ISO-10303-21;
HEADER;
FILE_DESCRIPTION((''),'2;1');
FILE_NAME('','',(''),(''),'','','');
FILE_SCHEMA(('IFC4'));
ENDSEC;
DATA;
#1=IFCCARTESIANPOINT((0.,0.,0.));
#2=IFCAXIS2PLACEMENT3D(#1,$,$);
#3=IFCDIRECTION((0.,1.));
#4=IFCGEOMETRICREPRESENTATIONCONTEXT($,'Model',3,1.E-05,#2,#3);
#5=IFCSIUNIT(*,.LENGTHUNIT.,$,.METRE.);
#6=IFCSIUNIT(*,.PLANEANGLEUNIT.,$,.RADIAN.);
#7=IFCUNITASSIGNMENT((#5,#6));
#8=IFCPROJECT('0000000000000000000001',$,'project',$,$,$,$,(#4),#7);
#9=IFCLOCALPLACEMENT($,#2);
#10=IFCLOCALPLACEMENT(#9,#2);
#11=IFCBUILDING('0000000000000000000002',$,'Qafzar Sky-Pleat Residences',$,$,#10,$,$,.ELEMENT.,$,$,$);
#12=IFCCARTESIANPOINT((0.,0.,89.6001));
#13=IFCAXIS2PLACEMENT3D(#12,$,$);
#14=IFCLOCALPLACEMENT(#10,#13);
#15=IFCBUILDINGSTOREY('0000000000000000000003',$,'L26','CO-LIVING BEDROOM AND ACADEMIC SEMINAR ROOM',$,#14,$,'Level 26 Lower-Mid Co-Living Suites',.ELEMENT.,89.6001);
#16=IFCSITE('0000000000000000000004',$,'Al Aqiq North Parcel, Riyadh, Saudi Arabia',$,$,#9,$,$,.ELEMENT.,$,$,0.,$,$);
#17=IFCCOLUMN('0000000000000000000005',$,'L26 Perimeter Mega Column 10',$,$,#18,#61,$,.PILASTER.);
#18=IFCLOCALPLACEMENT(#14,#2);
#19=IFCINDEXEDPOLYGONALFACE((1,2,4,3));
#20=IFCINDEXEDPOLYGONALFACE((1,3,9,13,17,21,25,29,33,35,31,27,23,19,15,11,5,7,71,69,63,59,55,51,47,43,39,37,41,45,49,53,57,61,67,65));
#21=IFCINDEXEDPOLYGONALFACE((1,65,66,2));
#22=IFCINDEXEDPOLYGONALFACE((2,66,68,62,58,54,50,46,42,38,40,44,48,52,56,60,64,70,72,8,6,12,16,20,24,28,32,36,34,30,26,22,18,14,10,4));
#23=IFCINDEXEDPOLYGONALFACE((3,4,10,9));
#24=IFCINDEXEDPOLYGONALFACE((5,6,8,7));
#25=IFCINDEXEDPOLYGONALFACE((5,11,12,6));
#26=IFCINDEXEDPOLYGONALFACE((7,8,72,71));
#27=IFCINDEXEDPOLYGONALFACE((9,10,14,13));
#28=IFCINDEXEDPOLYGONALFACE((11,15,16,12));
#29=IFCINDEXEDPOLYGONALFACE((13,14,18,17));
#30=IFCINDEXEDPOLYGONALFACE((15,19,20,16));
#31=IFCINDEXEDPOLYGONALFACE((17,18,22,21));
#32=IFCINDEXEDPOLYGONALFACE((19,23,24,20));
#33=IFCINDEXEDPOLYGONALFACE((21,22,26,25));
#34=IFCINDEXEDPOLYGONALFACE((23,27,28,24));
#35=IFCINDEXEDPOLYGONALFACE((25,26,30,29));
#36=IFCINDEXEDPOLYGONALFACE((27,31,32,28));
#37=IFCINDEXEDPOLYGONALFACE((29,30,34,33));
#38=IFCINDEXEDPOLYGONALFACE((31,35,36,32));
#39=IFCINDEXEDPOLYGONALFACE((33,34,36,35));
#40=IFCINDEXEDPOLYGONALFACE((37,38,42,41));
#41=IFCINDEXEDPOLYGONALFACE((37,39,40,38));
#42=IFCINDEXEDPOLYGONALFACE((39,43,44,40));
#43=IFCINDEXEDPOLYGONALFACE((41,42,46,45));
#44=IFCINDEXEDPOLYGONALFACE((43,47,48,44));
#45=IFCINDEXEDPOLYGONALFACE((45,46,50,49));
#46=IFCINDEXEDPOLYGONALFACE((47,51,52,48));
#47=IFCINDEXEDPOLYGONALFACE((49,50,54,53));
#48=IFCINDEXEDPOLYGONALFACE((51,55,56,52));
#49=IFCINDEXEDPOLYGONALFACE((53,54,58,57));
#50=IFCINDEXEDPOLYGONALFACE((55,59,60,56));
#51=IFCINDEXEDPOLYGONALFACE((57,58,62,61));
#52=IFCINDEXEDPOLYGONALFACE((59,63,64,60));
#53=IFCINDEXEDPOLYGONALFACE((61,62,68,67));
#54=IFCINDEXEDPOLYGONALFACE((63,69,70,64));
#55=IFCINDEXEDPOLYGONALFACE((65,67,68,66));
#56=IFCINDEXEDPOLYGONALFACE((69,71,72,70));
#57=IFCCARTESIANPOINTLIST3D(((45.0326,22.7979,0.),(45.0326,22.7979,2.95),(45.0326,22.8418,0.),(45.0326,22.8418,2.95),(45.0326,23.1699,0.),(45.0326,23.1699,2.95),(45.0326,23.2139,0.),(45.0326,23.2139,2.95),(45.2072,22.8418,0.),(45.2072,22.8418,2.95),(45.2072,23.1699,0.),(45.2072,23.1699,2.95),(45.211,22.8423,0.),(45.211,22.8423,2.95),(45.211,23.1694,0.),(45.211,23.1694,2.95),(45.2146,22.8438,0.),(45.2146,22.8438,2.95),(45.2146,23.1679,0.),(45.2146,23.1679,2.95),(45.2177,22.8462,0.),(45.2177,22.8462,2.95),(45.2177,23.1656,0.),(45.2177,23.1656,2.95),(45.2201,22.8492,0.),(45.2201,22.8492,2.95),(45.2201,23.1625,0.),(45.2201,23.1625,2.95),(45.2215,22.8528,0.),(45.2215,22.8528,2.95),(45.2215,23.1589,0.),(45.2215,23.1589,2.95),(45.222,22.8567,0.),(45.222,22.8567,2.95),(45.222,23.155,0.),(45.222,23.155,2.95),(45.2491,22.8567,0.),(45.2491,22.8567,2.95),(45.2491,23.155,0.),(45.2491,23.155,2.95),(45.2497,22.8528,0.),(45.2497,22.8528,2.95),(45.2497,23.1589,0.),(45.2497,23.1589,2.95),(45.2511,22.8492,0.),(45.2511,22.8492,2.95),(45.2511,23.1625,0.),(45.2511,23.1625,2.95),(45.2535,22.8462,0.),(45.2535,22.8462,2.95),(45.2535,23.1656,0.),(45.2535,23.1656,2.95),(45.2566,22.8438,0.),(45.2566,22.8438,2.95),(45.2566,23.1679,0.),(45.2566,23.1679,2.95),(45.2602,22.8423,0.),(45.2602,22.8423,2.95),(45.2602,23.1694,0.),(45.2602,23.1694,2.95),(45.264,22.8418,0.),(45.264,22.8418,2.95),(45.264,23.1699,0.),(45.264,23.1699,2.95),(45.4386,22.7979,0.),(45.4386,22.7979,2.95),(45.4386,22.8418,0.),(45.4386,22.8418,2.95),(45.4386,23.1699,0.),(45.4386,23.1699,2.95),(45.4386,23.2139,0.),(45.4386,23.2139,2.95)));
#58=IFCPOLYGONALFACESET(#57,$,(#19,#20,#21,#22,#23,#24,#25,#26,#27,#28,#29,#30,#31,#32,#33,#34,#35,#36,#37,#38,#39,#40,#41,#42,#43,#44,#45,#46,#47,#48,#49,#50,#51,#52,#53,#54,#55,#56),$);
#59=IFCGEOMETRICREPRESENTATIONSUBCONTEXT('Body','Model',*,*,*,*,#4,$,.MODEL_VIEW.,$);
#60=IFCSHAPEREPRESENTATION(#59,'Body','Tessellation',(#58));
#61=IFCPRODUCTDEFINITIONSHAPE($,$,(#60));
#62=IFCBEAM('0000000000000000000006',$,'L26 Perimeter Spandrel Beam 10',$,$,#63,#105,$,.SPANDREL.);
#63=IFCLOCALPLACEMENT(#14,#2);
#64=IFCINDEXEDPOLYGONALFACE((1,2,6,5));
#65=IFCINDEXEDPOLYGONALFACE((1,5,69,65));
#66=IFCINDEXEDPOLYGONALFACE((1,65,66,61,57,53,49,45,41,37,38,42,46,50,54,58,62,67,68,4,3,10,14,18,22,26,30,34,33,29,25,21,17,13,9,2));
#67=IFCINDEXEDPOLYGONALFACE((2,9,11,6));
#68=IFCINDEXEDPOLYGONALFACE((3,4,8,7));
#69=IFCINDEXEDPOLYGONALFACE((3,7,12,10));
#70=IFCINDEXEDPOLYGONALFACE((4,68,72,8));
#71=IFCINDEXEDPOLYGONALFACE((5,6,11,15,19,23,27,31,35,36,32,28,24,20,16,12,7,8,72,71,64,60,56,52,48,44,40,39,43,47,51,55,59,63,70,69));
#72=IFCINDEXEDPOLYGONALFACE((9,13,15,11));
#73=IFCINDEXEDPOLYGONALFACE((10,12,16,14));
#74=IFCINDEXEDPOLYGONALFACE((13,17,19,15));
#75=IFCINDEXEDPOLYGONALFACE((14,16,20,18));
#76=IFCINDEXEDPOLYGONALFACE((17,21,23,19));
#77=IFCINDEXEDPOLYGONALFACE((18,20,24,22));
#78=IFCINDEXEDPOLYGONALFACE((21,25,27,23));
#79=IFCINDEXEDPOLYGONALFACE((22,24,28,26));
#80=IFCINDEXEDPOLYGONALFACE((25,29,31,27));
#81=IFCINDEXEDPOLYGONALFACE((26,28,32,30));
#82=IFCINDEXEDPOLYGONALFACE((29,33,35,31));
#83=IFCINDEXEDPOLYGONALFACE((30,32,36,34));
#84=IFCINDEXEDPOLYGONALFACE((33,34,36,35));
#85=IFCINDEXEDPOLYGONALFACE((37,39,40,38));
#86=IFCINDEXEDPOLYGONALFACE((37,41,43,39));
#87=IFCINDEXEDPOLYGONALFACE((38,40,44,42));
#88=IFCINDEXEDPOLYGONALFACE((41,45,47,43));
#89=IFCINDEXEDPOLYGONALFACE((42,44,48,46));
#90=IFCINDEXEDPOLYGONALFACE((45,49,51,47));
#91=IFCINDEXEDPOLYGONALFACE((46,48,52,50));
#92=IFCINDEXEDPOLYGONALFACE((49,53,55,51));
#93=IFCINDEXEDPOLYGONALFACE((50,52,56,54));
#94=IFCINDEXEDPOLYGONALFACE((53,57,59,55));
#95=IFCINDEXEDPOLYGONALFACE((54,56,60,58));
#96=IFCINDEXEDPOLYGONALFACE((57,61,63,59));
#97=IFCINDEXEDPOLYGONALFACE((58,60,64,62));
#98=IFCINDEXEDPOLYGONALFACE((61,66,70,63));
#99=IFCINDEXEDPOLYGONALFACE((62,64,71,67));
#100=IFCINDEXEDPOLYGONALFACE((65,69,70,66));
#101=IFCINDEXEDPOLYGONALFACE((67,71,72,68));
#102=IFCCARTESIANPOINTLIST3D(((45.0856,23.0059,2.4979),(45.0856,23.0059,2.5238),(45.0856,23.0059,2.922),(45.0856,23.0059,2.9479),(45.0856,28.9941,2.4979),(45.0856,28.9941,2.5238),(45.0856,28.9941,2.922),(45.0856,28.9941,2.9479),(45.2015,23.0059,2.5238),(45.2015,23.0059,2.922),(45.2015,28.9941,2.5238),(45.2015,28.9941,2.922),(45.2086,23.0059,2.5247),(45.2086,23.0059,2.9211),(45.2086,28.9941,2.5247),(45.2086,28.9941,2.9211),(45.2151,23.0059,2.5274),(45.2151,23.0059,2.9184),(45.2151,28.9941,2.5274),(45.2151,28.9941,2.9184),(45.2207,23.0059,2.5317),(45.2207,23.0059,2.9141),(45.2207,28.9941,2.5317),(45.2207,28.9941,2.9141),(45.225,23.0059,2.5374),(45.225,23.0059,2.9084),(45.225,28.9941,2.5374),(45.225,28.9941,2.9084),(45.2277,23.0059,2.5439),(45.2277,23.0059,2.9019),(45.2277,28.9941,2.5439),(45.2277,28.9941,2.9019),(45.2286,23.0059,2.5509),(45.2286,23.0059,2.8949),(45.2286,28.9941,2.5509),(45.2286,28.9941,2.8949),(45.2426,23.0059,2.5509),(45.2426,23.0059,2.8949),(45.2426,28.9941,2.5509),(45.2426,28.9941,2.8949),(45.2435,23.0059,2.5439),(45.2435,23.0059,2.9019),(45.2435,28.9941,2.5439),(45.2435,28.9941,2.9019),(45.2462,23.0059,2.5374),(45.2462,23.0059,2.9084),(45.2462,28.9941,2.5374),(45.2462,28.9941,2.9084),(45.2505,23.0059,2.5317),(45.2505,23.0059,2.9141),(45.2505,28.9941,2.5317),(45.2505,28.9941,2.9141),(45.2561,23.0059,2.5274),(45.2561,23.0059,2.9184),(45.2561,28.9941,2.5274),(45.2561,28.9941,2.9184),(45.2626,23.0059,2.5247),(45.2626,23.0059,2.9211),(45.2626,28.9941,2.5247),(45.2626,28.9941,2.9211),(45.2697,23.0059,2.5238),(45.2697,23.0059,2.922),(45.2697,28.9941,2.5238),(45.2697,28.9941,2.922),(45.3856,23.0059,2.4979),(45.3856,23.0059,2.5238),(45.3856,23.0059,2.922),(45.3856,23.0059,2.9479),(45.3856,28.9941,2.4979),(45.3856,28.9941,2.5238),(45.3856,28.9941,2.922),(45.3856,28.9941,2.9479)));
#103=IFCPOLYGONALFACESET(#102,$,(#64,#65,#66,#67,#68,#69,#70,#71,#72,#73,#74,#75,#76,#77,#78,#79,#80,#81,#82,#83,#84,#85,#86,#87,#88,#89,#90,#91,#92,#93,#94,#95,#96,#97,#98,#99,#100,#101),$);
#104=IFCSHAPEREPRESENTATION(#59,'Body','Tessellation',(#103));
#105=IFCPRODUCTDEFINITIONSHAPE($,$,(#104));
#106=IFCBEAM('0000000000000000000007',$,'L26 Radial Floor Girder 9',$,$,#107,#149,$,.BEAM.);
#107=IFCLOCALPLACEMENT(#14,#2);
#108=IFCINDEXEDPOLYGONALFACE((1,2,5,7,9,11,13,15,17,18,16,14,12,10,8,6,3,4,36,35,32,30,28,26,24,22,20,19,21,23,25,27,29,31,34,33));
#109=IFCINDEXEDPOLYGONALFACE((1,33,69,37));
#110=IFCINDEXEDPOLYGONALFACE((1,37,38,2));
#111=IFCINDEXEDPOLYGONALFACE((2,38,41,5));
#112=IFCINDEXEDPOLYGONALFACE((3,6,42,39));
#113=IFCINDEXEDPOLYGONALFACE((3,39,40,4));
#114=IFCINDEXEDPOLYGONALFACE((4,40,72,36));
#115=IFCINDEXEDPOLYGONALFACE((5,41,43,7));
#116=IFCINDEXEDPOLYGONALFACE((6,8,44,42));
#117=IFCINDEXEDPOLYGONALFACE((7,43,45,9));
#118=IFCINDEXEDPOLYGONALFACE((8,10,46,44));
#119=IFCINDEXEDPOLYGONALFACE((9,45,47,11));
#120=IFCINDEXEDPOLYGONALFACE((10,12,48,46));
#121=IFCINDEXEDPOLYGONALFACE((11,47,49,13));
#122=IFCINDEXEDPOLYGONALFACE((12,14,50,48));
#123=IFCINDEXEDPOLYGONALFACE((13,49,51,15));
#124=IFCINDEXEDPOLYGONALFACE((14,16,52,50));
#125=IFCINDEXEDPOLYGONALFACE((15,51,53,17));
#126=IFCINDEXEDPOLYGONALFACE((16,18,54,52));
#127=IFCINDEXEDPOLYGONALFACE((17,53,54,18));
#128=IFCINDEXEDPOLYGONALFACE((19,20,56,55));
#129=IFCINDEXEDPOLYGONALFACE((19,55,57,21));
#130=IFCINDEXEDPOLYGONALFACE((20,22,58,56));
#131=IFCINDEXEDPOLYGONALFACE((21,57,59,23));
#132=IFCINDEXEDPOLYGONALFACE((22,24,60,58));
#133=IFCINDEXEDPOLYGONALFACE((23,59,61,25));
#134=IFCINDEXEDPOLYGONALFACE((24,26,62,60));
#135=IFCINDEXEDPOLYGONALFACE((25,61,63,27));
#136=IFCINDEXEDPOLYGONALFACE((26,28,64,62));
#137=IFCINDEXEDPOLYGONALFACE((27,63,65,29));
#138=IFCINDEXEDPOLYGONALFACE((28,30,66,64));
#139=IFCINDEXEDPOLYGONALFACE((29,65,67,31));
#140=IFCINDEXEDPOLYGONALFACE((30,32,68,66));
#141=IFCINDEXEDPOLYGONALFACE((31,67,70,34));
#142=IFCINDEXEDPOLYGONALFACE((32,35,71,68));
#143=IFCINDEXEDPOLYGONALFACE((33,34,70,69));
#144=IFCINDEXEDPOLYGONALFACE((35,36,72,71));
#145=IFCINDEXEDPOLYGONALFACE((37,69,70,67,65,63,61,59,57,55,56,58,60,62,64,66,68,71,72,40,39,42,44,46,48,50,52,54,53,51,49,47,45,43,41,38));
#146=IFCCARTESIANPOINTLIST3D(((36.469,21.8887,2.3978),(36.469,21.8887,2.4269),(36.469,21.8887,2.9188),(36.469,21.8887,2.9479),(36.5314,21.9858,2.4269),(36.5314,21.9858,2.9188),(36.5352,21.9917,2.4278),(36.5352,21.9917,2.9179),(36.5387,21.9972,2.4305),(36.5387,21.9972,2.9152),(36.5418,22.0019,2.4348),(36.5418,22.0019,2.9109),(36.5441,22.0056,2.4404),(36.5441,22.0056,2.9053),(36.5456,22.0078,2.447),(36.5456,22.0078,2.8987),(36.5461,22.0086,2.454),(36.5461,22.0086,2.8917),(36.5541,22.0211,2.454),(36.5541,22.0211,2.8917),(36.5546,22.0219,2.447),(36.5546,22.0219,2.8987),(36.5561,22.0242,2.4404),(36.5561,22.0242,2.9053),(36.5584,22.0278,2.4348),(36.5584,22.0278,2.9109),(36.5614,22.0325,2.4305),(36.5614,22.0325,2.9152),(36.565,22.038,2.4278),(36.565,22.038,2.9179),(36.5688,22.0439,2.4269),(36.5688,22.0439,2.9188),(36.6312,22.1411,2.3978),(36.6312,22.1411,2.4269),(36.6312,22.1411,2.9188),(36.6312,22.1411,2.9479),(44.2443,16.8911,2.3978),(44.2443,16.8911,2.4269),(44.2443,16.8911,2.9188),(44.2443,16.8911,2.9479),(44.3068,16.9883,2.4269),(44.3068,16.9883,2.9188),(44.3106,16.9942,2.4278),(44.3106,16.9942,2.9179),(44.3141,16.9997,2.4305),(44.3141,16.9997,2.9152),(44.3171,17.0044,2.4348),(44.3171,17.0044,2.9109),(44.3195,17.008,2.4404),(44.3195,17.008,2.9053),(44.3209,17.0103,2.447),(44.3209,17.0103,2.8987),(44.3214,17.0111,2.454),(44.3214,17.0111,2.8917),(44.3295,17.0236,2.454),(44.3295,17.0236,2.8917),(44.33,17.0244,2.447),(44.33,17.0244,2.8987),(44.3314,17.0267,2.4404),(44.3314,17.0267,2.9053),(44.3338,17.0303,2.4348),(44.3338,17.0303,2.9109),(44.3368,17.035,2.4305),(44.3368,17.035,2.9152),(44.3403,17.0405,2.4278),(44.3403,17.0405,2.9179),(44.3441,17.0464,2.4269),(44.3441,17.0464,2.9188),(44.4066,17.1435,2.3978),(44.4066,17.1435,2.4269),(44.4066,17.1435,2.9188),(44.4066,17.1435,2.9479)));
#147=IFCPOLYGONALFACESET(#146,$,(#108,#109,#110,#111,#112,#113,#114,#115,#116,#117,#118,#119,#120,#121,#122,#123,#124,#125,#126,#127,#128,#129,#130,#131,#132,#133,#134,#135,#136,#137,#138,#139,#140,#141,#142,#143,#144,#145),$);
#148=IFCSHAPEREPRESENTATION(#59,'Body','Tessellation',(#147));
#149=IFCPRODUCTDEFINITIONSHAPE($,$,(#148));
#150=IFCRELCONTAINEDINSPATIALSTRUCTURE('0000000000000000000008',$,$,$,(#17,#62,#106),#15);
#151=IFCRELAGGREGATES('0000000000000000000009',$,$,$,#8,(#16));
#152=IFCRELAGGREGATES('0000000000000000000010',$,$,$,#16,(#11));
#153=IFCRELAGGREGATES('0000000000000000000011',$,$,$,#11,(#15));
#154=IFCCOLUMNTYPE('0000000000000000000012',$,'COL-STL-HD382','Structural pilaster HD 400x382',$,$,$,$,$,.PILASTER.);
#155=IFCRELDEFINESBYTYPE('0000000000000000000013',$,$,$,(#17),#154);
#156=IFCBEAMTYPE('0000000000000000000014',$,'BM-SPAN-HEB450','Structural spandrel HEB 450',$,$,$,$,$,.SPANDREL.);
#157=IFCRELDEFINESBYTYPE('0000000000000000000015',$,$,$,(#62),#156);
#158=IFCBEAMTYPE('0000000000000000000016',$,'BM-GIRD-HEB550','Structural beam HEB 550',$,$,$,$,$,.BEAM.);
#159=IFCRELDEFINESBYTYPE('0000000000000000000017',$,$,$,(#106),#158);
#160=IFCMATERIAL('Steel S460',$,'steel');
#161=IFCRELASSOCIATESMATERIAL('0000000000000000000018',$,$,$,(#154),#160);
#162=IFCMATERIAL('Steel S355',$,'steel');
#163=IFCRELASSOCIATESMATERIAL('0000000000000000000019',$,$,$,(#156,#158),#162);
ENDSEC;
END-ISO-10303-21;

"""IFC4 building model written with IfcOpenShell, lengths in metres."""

from ifc_helpers import new_model, si_unit, direction, frame, origin, origin_2d, place, context, subcontext, project, spatial, i_section, extrude, source, transform, mapped, material, material_profile, profile_set, type_object, element, save


model = new_model("IFC4")

# Units and contexts
model_context = context("Model", 3, precision=1e-05, world=origin(), true_north=direction((0.0, 1.0)))
body_context = subcontext(model_context, "Body", "Model", "MODEL_VIEW")
ifc_project = project(units=[si_unit("LENGTHUNIT", "METRE"), si_unit("PLANEANGLEUNIT", "RADIAN")], contexts=[model_context])

# Site, building, storey
site_placement = place(None, origin())
site = spatial("IfcSite", under=ifc_project, at=site_placement, Name="Al Aqiq North Parcel, Riyadh, Saudi Arabia", CompositionType="ELEMENT", RefElevation=0.0)
building_placement = place(site_placement, origin())
building = spatial("IfcBuilding", under=site, at=building_placement, Name="Qafzar Sky-Pleat Residences", CompositionType="ELEMENT")
storey_placement = place(building_placement, frame((0.0, 0.0, 89.6001)))
storey = spatial("IfcBuildingStorey", under=building, at=storey_placement, Name="L26", Description="CO-LIVING BEDROOM AND ACADEMIC SEMINAR ROOM", LongName="Level 26 Lower-Mid Co-Living Suites", CompositionType="ELEMENT", Elevation=89.6001)

# Column
ifc_material_1 = material(Name="Steel S460", Category="steel")
ifc_material_profile_1 = material_profile(ifc_material_1, i_section(OverallWidth=0.406, OverallDepth=0.416, WebThickness=0.0271, FlangeThickness=0.0439, FilletRadius=0.0149, at=origin_2d()), Name="HD 400x382")
ifc_profile_set_1 = profile_set([ifc_material_profile_1], Name="Steel S460")
column_type = type_object("IfcColumnType", Name="COL-STL-HD382", Description="Structural pilaster HD 400x382", PredefinedType="PILASTER", material=ifc_profile_set_1)
shared_shape_1 = source(origin(), body_context, "Body", "SweptSolid", [
    extrude(i_section(OverallWidth=0.406, OverallDepth=0.416, WebThickness=0.0271, FlangeThickness=0.0439, FilletRadius=0.0149, at=origin_2d()), origin(), (0.0, 0.0, 1.0), 2.95),
])
column_placement = place(storey_placement, frame((45.2356, 23.0059, 0.0), z_axis=(0.0, 0.0, 1.0), x_axis=(1.0, 0.0, 0.0)))
element("IfcColumn", 1, at=column_placement, inside=storey, type_object=column_type, Name="L26 Perimeter Mega Column 10", PredefinedType="PILASTER", context=body_context, shape_type="MappedRepresentation", body=[
    mapped(shared_shape_1, transform((0.0, 0.0, 0.0), x_axis=(1.0, 0.0, 0.0), y_axis=(0.0, 1.0, 0.0), z_axis=(0.0, 0.0, 1.0), scale=1.0)),
])

# Beams
ifc_material_2 = material(Name="Steel S355", Category="steel")
ifc_material_profile_2 = material_profile(ifc_material_2, i_section(OverallWidth=0.3, OverallDepth=0.45, WebThickness=0.0139, FlangeThickness=0.0259, FilletRadius=0.0271, at=origin_2d()), Name="HEB 450")
ifc_profile_set_2 = profile_set([ifc_material_profile_2], Name="Steel S355")
beam_type_1 = type_object("IfcBeamType", Name="BM-SPAN-HEB450", Description="Structural spandrel HEB 450", PredefinedType="SPANDREL", material=ifc_profile_set_2)
shared_shape_2 = source(origin(), body_context, "Body", "SweptSolid", [
    extrude(i_section(OverallWidth=0.3, OverallDepth=0.45, WebThickness=0.0139, FlangeThickness=0.0259, FilletRadius=0.0271, at=origin_2d()), origin(), (0.0, 0.0, 1.0), 5.9883),
])
beam_1_placement = place(storey_placement, frame((45.2356, 23.0059, 2.7229), z_axis=(0.0, 1.0, 0.0), x_axis=(-1.0, 0.0, 0.0)))
element("IfcBeam", 2, at=beam_1_placement, inside=storey, type_object=beam_type_1, Name="L26 Perimeter Spandrel Beam 10", PredefinedType="SPANDREL", context=body_context, shape_type="MappedRepresentation", body=[
    mapped(shared_shape_2, transform((0.0, 0.0, 0.0), x_axis=(1.0, 0.0, 0.0), y_axis=(0.0, 1.0, 0.0), z_axis=(0.0, 0.0, 1.0), scale=1.0)),
])
ifc_material_profile_3 = material_profile(ifc_material_2, i_section(OverallWidth=0.3, OverallDepth=0.55, WebThickness=0.0149, FlangeThickness=0.0291, FilletRadius=0.0271, at=origin_2d()), Name="HEB 550")
ifc_profile_set_3 = profile_set([ifc_material_profile_3], Name="Steel S355")
beam_type_2 = type_object("IfcBeamType", Name="BM-GIRD-HEB550", Description="Structural beam HEB 550", PredefinedType="BEAM", material=ifc_profile_set_3)
shared_shape_3 = source(origin(), body_context, "Body", "SweptSolid", [
    extrude(i_section(OverallWidth=0.3, OverallDepth=0.55, WebThickness=0.0149, FlangeThickness=0.0291, FilletRadius=0.0271, at=origin_2d()), origin(), (0.0, 0.0, 1.0), 9.2429),
])
beam_2_placement = place(storey_placement, frame((44.3254, 17.0173, 2.6729), z_axis=(-0.841223, 0.540688, 0.0), x_axis=(-0.540688, -0.841223, 0.0)))
element("IfcBeam", 3, at=beam_2_placement, inside=storey, type_object=beam_type_2, Name="L26 Radial Floor Girder 9", PredefinedType="BEAM", context=body_context, shape_type="MappedRepresentation", body=[
    mapped(shared_shape_3, transform((0.0, 0.0, 0.0), x_axis=(1.0, 0.0, 0.0), y_axis=(0.0, 1.0, 0.0), z_axis=(0.0, 0.0, 1.0), scale=1.0)),
])

save(model, "model.ifc")
